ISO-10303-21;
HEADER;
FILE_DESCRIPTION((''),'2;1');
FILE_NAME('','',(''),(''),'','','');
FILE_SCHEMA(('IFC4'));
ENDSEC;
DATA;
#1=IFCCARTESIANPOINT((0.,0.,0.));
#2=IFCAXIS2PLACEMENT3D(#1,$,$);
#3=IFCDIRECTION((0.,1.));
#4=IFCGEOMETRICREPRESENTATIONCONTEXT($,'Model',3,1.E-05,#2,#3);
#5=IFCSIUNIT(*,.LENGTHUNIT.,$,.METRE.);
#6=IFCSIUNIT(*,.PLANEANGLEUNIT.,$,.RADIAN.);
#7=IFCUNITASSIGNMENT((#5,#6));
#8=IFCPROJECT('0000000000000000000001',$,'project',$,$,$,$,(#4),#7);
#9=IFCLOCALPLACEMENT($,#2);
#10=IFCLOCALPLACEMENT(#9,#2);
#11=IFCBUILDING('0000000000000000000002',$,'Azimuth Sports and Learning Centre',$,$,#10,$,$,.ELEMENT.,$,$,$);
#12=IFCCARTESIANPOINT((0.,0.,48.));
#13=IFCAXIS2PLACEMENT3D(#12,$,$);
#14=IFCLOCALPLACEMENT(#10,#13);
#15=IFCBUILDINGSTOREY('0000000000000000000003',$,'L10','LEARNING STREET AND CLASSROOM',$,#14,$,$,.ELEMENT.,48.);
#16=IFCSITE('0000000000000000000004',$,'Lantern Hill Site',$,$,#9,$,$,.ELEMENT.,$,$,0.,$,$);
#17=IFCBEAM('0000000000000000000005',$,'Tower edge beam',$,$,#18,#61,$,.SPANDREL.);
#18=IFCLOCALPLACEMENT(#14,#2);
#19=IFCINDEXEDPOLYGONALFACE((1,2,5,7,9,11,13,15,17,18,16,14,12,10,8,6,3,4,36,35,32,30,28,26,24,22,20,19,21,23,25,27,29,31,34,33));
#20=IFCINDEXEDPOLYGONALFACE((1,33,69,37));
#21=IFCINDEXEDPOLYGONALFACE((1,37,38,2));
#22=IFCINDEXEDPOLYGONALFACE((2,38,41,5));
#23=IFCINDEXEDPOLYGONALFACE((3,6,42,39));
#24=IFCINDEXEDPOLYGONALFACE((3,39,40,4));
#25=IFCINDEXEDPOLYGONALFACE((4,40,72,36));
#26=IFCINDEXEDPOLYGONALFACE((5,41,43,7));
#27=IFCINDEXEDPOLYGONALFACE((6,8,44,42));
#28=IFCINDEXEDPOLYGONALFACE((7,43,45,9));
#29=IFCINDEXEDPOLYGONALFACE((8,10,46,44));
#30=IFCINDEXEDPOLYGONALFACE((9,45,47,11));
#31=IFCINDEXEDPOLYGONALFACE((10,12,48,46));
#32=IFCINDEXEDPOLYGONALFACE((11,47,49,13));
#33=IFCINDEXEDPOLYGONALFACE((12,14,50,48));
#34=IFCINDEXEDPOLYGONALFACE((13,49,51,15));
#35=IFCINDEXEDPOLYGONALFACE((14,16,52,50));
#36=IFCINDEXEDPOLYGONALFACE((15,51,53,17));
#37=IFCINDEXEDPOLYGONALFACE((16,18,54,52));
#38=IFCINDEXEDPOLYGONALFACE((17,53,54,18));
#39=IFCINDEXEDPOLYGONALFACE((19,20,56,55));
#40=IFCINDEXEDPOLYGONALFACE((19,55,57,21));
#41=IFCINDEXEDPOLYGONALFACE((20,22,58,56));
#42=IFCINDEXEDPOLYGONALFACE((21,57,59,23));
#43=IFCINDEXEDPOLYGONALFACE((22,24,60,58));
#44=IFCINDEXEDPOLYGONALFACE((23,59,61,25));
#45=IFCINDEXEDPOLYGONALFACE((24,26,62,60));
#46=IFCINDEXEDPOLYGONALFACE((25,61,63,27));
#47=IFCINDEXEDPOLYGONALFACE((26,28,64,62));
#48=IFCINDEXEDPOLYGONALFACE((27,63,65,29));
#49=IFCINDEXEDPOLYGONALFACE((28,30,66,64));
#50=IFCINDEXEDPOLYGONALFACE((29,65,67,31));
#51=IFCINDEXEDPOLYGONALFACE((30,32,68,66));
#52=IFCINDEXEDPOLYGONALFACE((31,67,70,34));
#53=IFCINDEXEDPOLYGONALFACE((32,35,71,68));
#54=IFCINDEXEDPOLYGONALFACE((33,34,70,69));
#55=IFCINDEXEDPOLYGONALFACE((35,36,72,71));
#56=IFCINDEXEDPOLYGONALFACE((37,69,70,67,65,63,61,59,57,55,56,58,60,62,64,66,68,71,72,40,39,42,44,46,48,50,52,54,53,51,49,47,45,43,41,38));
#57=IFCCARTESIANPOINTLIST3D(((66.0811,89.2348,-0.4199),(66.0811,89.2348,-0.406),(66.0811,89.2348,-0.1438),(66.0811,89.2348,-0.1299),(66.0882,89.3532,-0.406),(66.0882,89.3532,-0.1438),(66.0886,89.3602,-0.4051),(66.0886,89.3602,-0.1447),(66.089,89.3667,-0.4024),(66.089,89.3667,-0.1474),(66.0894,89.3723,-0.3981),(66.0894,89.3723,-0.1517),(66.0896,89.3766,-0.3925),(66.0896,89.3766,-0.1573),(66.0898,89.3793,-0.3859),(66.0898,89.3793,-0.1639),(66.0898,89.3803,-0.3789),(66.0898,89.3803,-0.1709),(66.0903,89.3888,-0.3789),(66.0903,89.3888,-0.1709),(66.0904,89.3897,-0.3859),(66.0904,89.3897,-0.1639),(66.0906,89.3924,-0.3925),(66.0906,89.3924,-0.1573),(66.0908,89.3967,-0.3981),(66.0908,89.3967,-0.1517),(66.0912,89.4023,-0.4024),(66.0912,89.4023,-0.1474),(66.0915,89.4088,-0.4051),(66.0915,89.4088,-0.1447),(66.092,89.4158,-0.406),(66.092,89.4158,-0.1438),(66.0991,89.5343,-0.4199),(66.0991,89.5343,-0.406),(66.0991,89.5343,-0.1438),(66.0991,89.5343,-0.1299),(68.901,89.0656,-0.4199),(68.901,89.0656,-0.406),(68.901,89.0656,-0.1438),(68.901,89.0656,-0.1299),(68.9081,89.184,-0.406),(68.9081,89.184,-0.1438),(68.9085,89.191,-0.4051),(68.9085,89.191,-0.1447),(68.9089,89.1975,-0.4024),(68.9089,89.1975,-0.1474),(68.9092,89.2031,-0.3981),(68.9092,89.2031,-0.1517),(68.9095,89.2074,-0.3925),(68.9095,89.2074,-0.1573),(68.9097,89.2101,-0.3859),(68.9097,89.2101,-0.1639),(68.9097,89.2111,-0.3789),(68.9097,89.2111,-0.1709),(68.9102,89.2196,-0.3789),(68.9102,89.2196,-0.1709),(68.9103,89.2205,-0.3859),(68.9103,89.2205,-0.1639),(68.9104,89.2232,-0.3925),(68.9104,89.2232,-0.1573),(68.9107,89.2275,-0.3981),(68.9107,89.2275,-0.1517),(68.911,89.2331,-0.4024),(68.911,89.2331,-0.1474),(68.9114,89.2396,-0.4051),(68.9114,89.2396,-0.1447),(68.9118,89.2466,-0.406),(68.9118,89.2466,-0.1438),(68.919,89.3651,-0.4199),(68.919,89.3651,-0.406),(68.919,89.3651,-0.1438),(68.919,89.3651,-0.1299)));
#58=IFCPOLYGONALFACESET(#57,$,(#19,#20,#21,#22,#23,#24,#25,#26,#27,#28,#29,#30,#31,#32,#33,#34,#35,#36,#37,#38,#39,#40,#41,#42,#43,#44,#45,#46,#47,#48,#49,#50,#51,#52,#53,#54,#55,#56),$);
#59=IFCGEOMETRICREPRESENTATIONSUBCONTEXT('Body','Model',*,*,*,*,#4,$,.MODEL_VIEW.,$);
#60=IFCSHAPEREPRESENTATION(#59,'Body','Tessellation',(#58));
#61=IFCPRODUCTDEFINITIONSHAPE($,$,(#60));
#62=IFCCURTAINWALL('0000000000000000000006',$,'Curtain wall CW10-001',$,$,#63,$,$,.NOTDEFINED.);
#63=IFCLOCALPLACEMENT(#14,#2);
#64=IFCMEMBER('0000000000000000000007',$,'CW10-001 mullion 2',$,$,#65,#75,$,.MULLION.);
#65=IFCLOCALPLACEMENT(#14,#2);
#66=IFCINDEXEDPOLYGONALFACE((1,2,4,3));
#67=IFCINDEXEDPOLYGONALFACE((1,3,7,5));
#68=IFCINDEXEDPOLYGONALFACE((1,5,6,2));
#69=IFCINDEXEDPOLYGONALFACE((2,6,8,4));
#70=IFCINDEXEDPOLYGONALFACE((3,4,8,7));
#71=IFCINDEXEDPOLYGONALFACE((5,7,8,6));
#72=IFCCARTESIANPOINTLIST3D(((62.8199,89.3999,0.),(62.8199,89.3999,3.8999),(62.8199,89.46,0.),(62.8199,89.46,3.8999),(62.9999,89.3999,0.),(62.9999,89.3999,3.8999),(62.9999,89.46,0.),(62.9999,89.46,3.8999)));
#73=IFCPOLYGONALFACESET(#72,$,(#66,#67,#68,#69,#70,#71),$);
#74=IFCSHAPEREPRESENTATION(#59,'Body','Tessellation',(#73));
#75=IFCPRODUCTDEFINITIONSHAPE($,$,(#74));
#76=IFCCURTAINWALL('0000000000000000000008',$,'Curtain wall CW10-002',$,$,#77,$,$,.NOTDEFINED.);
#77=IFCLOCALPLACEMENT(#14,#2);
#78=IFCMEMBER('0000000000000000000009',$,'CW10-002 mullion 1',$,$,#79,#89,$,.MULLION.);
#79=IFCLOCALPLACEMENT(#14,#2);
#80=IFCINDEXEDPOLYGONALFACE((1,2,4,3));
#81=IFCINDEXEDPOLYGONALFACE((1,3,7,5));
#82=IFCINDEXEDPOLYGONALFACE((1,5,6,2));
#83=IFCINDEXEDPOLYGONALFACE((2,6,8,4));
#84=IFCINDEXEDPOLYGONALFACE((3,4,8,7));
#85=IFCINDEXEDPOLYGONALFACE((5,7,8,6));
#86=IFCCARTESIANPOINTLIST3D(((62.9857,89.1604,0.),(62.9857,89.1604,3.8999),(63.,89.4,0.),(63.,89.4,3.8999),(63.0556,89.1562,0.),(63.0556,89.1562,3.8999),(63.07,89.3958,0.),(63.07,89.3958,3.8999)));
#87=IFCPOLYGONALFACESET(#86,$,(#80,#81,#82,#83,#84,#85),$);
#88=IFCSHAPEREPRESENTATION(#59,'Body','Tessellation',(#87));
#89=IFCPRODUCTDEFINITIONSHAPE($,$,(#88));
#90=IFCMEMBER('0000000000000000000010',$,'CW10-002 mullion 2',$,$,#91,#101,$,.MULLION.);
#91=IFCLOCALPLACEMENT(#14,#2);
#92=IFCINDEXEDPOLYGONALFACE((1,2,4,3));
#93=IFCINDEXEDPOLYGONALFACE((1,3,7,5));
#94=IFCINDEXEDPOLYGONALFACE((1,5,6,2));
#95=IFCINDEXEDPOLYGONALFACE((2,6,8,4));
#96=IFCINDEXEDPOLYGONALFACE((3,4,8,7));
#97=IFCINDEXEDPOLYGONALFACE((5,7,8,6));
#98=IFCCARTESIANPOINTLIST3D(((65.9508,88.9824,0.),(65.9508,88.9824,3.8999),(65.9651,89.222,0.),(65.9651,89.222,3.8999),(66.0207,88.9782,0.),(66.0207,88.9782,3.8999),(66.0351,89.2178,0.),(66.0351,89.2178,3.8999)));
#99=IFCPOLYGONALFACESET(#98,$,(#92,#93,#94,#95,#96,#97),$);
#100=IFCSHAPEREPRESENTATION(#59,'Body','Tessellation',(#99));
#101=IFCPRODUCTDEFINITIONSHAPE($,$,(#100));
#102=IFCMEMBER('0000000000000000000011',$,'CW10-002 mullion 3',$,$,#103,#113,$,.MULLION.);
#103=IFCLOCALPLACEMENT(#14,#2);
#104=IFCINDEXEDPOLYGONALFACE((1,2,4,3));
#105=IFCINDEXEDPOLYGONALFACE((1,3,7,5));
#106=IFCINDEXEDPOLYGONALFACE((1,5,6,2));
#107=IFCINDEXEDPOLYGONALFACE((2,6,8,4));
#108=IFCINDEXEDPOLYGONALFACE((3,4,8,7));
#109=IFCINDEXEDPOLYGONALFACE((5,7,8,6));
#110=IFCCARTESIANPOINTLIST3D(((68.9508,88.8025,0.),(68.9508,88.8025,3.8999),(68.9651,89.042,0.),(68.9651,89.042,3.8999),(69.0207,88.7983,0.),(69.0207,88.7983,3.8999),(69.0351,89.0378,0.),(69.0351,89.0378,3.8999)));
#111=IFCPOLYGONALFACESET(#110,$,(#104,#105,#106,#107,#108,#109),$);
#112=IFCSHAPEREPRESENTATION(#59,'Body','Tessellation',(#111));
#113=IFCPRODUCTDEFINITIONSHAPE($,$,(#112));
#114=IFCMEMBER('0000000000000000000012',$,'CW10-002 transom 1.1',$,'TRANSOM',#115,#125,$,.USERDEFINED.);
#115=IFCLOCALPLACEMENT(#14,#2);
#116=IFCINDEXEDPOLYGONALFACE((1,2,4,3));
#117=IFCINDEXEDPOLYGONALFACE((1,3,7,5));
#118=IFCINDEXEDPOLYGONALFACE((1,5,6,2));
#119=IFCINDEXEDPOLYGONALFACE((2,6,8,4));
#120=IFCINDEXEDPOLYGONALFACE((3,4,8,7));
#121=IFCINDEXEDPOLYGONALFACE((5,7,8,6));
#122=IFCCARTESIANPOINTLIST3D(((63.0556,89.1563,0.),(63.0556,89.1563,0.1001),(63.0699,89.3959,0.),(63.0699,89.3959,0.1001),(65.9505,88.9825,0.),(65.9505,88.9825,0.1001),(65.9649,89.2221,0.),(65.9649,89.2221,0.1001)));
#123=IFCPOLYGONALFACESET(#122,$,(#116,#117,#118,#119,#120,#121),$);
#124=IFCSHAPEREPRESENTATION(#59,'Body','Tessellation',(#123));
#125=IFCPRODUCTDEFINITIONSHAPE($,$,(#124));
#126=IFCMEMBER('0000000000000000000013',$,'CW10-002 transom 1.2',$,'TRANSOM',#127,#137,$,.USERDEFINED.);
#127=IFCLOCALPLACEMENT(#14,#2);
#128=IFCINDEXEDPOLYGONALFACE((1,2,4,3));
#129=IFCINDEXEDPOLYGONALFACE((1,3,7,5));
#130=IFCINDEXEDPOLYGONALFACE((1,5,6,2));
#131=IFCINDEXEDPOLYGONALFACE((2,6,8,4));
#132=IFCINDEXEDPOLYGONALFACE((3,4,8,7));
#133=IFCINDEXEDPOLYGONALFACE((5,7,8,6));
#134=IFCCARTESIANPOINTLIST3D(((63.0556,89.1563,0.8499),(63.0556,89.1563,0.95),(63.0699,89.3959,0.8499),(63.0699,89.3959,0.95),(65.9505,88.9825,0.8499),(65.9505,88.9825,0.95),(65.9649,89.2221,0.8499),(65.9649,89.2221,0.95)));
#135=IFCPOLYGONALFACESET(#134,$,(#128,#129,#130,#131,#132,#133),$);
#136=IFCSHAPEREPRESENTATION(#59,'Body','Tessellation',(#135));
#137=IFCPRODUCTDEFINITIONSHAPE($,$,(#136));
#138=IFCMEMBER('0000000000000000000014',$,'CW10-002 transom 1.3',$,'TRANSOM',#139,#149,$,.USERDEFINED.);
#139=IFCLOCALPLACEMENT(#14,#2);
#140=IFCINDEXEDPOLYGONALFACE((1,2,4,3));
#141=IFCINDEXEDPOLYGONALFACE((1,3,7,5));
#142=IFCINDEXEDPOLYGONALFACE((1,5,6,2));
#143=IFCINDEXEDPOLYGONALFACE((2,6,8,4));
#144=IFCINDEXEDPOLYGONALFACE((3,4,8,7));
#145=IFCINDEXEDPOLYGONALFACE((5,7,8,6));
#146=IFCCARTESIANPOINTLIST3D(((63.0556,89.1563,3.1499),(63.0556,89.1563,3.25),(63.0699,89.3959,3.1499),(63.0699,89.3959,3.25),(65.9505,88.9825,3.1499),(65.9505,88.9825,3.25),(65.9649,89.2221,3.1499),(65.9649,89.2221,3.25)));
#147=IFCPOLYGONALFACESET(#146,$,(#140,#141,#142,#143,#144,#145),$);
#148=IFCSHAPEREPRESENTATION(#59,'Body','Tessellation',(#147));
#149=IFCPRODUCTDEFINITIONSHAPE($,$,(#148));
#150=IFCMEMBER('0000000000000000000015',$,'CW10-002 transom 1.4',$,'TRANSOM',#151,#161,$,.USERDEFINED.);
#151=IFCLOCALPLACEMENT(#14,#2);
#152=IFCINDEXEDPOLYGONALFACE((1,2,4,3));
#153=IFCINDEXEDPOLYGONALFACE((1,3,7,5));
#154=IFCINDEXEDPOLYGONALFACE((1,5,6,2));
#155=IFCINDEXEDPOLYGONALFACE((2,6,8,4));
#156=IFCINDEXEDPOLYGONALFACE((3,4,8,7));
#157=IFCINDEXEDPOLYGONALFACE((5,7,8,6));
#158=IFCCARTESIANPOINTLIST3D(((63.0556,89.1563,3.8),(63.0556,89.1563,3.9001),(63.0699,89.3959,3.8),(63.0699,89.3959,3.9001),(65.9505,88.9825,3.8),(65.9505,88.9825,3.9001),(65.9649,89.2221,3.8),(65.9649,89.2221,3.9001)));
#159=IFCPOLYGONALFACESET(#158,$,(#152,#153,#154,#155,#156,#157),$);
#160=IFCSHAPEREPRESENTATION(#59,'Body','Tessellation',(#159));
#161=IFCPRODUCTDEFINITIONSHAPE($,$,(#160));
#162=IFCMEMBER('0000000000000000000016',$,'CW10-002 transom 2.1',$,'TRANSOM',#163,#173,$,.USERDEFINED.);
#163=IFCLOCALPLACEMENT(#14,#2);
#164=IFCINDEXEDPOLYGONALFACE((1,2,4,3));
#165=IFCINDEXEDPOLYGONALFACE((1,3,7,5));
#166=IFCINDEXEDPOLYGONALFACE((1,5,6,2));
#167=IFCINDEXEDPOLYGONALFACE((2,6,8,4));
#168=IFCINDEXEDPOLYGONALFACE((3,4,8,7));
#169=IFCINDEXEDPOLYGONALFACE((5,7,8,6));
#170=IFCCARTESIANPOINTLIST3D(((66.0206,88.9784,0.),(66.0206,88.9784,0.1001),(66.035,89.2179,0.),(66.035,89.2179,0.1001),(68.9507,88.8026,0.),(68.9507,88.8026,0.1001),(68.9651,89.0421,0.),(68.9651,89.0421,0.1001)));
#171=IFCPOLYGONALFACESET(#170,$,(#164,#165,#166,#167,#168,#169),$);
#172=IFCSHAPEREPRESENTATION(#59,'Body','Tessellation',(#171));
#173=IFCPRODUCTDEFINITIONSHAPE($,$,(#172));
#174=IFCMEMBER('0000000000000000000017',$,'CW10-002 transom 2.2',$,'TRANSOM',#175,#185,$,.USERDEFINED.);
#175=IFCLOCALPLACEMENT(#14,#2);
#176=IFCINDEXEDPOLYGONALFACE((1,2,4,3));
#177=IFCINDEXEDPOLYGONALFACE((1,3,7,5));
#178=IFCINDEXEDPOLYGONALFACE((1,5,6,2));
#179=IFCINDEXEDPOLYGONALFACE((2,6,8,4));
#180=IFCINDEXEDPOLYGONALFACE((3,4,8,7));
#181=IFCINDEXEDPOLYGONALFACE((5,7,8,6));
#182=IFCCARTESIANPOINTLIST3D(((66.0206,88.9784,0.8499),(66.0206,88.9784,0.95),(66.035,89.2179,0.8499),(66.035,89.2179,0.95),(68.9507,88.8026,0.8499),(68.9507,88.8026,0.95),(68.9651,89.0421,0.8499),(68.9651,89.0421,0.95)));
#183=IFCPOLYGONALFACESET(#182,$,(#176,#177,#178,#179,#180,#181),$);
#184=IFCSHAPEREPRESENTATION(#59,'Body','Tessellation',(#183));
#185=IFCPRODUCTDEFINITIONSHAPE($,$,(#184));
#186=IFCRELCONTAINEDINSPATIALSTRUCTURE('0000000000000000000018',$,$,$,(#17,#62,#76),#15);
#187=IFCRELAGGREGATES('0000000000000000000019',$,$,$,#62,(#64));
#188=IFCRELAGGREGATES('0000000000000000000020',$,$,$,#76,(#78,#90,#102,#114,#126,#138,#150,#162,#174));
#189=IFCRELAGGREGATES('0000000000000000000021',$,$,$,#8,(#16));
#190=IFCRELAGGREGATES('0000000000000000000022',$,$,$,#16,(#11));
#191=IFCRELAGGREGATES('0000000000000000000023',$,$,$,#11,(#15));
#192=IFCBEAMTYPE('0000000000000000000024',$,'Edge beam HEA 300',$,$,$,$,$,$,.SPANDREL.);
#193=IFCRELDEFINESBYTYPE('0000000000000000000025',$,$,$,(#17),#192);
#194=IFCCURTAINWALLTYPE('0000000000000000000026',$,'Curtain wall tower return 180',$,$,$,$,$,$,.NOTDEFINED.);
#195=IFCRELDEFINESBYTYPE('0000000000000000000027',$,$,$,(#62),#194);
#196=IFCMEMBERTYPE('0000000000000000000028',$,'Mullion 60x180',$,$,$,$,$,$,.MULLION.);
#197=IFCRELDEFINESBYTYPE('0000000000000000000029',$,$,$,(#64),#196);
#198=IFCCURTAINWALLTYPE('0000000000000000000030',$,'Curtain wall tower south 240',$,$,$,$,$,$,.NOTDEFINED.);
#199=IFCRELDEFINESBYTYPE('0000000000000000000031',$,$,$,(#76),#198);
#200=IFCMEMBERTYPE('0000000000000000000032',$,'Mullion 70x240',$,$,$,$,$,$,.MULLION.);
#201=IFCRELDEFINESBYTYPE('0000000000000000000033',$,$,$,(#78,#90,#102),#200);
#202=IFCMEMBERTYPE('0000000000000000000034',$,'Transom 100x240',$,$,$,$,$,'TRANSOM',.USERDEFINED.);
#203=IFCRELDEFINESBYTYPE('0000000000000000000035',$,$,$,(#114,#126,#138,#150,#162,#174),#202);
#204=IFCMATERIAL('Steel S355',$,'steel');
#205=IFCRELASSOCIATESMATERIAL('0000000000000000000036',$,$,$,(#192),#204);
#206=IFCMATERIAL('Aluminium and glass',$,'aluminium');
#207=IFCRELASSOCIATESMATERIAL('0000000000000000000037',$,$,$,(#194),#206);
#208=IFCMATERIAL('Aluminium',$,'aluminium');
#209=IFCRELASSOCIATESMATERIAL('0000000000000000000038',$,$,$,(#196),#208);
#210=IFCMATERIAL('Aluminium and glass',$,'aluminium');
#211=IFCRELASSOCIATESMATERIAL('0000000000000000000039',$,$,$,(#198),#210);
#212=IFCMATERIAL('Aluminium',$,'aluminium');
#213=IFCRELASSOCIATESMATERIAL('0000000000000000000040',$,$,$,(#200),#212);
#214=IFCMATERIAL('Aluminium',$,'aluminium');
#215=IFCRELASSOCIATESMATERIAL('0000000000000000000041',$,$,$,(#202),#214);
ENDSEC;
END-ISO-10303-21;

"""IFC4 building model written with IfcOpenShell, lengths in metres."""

from ifc_helpers import new_model, si_unit, direction, frame, origin, origin_2d, place, context, subcontext, project, spatial, rectangle, i_section, extrude, material, material_profile, profile_set, type_object, element, aggregate, save


model = new_model("IFC4")

# Units and contexts
model_context = context("Model", 3, precision=1e-05, world=origin(), true_north=direction((0.0, 1.0)))
body_context = subcontext(model_context, "Body", "Model", "MODEL_VIEW")
ifc_project = project(units=[si_unit("LENGTHUNIT", "METRE"), si_unit("PLANEANGLEUNIT", "RADIAN")], contexts=[model_context])

# Site, building, storey
site_placement = place(None, origin())
site = spatial("IfcSite", under=ifc_project, at=site_placement, Name="Lantern Hill Site", CompositionType="ELEMENT", RefElevation=0.0)
building_placement = place(site_placement, origin())
building = spatial("IfcBuilding", under=site, at=building_placement, Name="Azimuth Sports and Learning Centre", CompositionType="ELEMENT")
storey_placement = place(building_placement, frame((0.0, 0.0, 48.0)))
storey = spatial("IfcBuildingStorey", under=building, at=storey_placement, Name="L10", Description="LEARNING STREET AND CLASSROOM", CompositionType="ELEMENT", Elevation=48.0)

# Beam
ifc_material_1 = material(Name="Steel S355", Category="steel")
ifc_material_profile_1 = material_profile(ifc_material_1, i_section(OverallWidth=0.3, OverallDepth=0.29, WebThickness=0.0085, FlangeThickness=0.0139, FilletRadius=0.0271, at=origin_2d()), Name="HEA 300")
ifc_profile_set_1 = profile_set([ifc_material_profile_1], Name="Steel S355")
beam_type = type_object("IfcBeamType", Name="Edge beam HEA 300", PredefinedType="SPANDREL", material=ifc_profile_set_1)
beam_placement = place(storey_placement, frame((66.0901, 89.3845, -0.2749), z_axis=(0.998205, -0.059892, 0.0), x_axis=(0.059892, 0.998205, 0.0)))
element("IfcBeam", 1, at=beam_placement, inside=storey, type_object=beam_type, Name="Tower edge beam", PredefinedType="SPANDREL", context=body_context, shape_type="SweptSolid", body=[
    extrude(i_section(OverallWidth=0.3, OverallDepth=0.29, WebThickness=0.0085, FlangeThickness=0.0139, FilletRadius=0.0271, at=origin_2d()), origin(), (0.0, 0.0, 1.0), 2.825),
])

# Curtain wall, member
ifc_material_2 = material(Name="Aluminium and glass", Category="aluminium")
curtain_wall_type_1 = type_object("IfcCurtainWallType", Name="Curtain wall tower return 180", PredefinedType="NOTDEFINED", material=ifc_material_2)
curtain_wall_1_placement = place(storey_placement, origin())
curtain_wall_1 = element("IfcCurtainWall", 2, at=curtain_wall_1_placement, inside=storey, type_object=curtain_wall_type_1, Name="Curtain wall CW10-001", PredefinedType="NOTDEFINED")
ifc_material_3 = material(Name="Aluminium", Category="aluminium")
ifc_material_profile_2 = material_profile(ifc_material_3, rectangle(XDim=0.1799, YDim=0.0601, at=origin_2d()), Name="Mullion 60x180")
ifc_profile_set_2 = profile_set([ifc_material_profile_2], Name="Aluminium")
member_type_1 = type_object("IfcMemberType", Name="Mullion 60x180", PredefinedType="MULLION", material=ifc_profile_set_2)
member_1_placement = place(storey_placement, frame((62.9099, 89.4299, 0.0), z_axis=(0.0, 0.0, 1.0), x_axis=(1.0, 0.0, 0.0)))
member_1 = element("IfcMember", 3, at=member_1_placement, type_object=member_type_1, Name="CW10-001 mullion 2", PredefinedType="MULLION", context=body_context, shape_type="SweptSolid", body=[
    extrude(rectangle(XDim=0.1799, YDim=0.0601, at=origin_2d()), origin(), (0.0, 0.0, 1.0), 3.8999),
])
aggregate(curtain_wall_1, [member_1])

# Curtain wall, members
ifc_material_4 = material(Name="Aluminium and glass", Category="aluminium")
curtain_wall_type_2 = type_object("IfcCurtainWallType", Name="Curtain wall tower south 240", PredefinedType="NOTDEFINED", material=ifc_material_4)
curtain_wall_2_placement = place(storey_placement, origin())
curtain_wall_2 = element("IfcCurtainWall", 4, at=curtain_wall_2_placement, inside=storey, type_object=curtain_wall_type_2, Name="Curtain wall CW10-002", PredefinedType="NOTDEFINED")
ifc_material_5 = material(Name="Aluminium", Category="aluminium")
ifc_material_profile_3 = material_profile(ifc_material_5, rectangle(XDim=0.24, YDim=0.0701, at=origin_2d()), Name="Mullion 70x240")
ifc_profile_set_3 = profile_set([ifc_material_profile_3], Name="Aluminium")
member_type_2 = type_object("IfcMemberType", Name="Mullion 70x240", PredefinedType="MULLION", material=ifc_profile_set_3)
member_2_placement = place(storey_placement, frame((63.0278, 89.2781, 0.0), z_axis=(0.0, 0.0, 1.0), x_axis=(0.059892, 0.998205, 0.0)))
member_2 = element("IfcMember", 5, at=member_2_placement, type_object=member_type_2, Name="CW10-002 mullion 1", PredefinedType="MULLION", context=body_context, shape_type="SweptSolid", body=[
    extrude(rectangle(XDim=0.24, YDim=0.0701, at=origin_2d()), origin(), (0.0, 0.0, 1.0), 3.8999),
])
member_3_placement = place(storey_placement, frame((65.9929, 89.1001, 0.0), z_axis=(0.0, 0.0, 1.0), x_axis=(0.059892, 0.998205, 0.0)))
member_3 = element("IfcMember", 6, at=member_3_placement, type_object=member_type_2, Name="CW10-002 mullion 2", PredefinedType="MULLION", context=body_context, shape_type="SweptSolid", body=[
    extrude(rectangle(XDim=0.24, YDim=0.0701, at=origin_2d()), origin(), (0.0, 0.0, 1.0), 3.8999),
])
member_4_placement = place(storey_placement, frame((68.9929, 88.9202, 0.0), z_axis=(0.0, 0.0, 1.0), x_axis=(0.059892, 0.998205, 0.0)))
member_4 = element("IfcMember", 7, at=member_4_placement, type_object=member_type_2, Name="CW10-002 mullion 3", PredefinedType="MULLION", context=body_context, shape_type="SweptSolid", body=[
    extrude(rectangle(XDim=0.24, YDim=0.0701, at=origin_2d()), origin(), (0.0, 0.0, 1.0), 3.8999),
])
ifc_material_6 = material(Name="Aluminium", Category="aluminium")
ifc_material_profile_4 = material_profile(ifc_material_6, rectangle(XDim=0.24, YDim=0.1001, at=origin_2d()), Name="Transom 100x240")
ifc_profile_set_4 = profile_set([ifc_material_profile_4], Name="Aluminium")
member_type_3 = type_object("IfcMemberType", Name="Transom 100x240", ElementType="TRANSOM", PredefinedType="USERDEFINED", material=ifc_profile_set_4)
member_5_placement = place(storey_placement, frame((63.0627, 89.2761, 0.05), z_axis=(0.998202, -0.059936, 0.0), x_axis=(0.059936, 0.998202, 0.0)))
member_5 = element("IfcMember", 8, at=member_5_placement, type_object=member_type_3, Name="CW10-002 transom 1.1", ObjectType="TRANSOM", PredefinedType="USERDEFINED", context=body_context, shape_type="SweptSolid", body=[
    extrude(rectangle(XDim=0.24, YDim=0.1001, at=origin_2d()), origin(), (0.0, 0.0, 1.0), 2.9001),
])
member_6_placement = place(storey_placement, frame((63.0627, 89.2761, 0.8999), z_axis=(0.998202, -0.059936, 0.0), x_axis=(0.059936, 0.998202, 0.0)))
member_6 = element("IfcMember", 9, at=member_6_placement, type_object=member_type_3, Name="CW10-002 transom 1.2", ObjectType="TRANSOM", PredefinedType="USERDEFINED", context=body_context, shape_type="SweptSolid", body=[
    extrude(rectangle(XDim=0.24, YDim=0.1001, at=origin_2d()), origin(), (0.0, 0.0, 1.0), 2.9001),
])
member_7_placement = place(storey_placement, frame((63.0627, 89.2761, 3.2), z_axis=(0.998202, -0.059936, 0.0), x_axis=(0.059936, 0.998202, 0.0)))
member_7 = element("IfcMember", 10, at=member_7_placement, type_object=member_type_3, Name="CW10-002 transom 1.3", ObjectType="TRANSOM", PredefinedType="USERDEFINED", context=body_context, shape_type="SweptSolid", body=[
    extrude(rectangle(XDim=0.24, YDim=0.1001, at=origin_2d()), origin(), (0.0, 0.0, 1.0), 2.9001),
])
member_8_placement = place(storey_placement, frame((63.0627, 89.2761, 3.8501), z_axis=(0.998202, -0.059936, 0.0), x_axis=(0.059936, 0.998202, 0.0)))
member_8 = element("IfcMember", 11, at=member_8_placement, type_object=member_type_3, Name="CW10-002 transom 1.4", ObjectType="TRANSOM", PredefinedType="USERDEFINED", context=body_context, shape_type="SweptSolid", body=[
    extrude(rectangle(XDim=0.24, YDim=0.1001, at=origin_2d()), origin(), (0.0, 0.0, 1.0), 2.9001),
])
member_9_placement = place(storey_placement, frame((66.0278, 89.0981, 0.05), z_axis=(0.998205, -0.059887, 0.0), x_axis=(0.059887, 0.998205, 0.0)))
member_9 = element("IfcMember", 12, at=member_9_placement, type_object=member_type_3, Name="CW10-002 transom 2.1", ObjectType="TRANSOM", PredefinedType="USERDEFINED", context=body_context, shape_type="SweptSolid", body=[
    extrude(rectangle(XDim=0.24, YDim=0.1001, at=origin_2d()), origin(), (0.0, 0.0, 1.0), 2.9353),
])
member_10_placement = place(storey_placement, frame((66.0278, 89.0981, 0.8999), z_axis=(0.998205, -0.059887, 0.0), x_axis=(0.059887, 0.998205, 0.0)))
member_10 = element("IfcMember", 13, at=member_10_placement, type_object=member_type_3, Name="CW10-002 transom 2.2", ObjectType="TRANSOM", PredefinedType="USERDEFINED", context=body_context, shape_type="SweptSolid", body=[
    extrude(rectangle(XDim=0.24, YDim=0.1001, at=origin_2d()), origin(), (0.0, 0.0, 1.0), 2.9353),
])
aggregate(curtain_wall_2, [member_2, member_3, member_4, member_5, member_6, member_7, member_8, member_9, member_10])

save(model, "model.ifc")
